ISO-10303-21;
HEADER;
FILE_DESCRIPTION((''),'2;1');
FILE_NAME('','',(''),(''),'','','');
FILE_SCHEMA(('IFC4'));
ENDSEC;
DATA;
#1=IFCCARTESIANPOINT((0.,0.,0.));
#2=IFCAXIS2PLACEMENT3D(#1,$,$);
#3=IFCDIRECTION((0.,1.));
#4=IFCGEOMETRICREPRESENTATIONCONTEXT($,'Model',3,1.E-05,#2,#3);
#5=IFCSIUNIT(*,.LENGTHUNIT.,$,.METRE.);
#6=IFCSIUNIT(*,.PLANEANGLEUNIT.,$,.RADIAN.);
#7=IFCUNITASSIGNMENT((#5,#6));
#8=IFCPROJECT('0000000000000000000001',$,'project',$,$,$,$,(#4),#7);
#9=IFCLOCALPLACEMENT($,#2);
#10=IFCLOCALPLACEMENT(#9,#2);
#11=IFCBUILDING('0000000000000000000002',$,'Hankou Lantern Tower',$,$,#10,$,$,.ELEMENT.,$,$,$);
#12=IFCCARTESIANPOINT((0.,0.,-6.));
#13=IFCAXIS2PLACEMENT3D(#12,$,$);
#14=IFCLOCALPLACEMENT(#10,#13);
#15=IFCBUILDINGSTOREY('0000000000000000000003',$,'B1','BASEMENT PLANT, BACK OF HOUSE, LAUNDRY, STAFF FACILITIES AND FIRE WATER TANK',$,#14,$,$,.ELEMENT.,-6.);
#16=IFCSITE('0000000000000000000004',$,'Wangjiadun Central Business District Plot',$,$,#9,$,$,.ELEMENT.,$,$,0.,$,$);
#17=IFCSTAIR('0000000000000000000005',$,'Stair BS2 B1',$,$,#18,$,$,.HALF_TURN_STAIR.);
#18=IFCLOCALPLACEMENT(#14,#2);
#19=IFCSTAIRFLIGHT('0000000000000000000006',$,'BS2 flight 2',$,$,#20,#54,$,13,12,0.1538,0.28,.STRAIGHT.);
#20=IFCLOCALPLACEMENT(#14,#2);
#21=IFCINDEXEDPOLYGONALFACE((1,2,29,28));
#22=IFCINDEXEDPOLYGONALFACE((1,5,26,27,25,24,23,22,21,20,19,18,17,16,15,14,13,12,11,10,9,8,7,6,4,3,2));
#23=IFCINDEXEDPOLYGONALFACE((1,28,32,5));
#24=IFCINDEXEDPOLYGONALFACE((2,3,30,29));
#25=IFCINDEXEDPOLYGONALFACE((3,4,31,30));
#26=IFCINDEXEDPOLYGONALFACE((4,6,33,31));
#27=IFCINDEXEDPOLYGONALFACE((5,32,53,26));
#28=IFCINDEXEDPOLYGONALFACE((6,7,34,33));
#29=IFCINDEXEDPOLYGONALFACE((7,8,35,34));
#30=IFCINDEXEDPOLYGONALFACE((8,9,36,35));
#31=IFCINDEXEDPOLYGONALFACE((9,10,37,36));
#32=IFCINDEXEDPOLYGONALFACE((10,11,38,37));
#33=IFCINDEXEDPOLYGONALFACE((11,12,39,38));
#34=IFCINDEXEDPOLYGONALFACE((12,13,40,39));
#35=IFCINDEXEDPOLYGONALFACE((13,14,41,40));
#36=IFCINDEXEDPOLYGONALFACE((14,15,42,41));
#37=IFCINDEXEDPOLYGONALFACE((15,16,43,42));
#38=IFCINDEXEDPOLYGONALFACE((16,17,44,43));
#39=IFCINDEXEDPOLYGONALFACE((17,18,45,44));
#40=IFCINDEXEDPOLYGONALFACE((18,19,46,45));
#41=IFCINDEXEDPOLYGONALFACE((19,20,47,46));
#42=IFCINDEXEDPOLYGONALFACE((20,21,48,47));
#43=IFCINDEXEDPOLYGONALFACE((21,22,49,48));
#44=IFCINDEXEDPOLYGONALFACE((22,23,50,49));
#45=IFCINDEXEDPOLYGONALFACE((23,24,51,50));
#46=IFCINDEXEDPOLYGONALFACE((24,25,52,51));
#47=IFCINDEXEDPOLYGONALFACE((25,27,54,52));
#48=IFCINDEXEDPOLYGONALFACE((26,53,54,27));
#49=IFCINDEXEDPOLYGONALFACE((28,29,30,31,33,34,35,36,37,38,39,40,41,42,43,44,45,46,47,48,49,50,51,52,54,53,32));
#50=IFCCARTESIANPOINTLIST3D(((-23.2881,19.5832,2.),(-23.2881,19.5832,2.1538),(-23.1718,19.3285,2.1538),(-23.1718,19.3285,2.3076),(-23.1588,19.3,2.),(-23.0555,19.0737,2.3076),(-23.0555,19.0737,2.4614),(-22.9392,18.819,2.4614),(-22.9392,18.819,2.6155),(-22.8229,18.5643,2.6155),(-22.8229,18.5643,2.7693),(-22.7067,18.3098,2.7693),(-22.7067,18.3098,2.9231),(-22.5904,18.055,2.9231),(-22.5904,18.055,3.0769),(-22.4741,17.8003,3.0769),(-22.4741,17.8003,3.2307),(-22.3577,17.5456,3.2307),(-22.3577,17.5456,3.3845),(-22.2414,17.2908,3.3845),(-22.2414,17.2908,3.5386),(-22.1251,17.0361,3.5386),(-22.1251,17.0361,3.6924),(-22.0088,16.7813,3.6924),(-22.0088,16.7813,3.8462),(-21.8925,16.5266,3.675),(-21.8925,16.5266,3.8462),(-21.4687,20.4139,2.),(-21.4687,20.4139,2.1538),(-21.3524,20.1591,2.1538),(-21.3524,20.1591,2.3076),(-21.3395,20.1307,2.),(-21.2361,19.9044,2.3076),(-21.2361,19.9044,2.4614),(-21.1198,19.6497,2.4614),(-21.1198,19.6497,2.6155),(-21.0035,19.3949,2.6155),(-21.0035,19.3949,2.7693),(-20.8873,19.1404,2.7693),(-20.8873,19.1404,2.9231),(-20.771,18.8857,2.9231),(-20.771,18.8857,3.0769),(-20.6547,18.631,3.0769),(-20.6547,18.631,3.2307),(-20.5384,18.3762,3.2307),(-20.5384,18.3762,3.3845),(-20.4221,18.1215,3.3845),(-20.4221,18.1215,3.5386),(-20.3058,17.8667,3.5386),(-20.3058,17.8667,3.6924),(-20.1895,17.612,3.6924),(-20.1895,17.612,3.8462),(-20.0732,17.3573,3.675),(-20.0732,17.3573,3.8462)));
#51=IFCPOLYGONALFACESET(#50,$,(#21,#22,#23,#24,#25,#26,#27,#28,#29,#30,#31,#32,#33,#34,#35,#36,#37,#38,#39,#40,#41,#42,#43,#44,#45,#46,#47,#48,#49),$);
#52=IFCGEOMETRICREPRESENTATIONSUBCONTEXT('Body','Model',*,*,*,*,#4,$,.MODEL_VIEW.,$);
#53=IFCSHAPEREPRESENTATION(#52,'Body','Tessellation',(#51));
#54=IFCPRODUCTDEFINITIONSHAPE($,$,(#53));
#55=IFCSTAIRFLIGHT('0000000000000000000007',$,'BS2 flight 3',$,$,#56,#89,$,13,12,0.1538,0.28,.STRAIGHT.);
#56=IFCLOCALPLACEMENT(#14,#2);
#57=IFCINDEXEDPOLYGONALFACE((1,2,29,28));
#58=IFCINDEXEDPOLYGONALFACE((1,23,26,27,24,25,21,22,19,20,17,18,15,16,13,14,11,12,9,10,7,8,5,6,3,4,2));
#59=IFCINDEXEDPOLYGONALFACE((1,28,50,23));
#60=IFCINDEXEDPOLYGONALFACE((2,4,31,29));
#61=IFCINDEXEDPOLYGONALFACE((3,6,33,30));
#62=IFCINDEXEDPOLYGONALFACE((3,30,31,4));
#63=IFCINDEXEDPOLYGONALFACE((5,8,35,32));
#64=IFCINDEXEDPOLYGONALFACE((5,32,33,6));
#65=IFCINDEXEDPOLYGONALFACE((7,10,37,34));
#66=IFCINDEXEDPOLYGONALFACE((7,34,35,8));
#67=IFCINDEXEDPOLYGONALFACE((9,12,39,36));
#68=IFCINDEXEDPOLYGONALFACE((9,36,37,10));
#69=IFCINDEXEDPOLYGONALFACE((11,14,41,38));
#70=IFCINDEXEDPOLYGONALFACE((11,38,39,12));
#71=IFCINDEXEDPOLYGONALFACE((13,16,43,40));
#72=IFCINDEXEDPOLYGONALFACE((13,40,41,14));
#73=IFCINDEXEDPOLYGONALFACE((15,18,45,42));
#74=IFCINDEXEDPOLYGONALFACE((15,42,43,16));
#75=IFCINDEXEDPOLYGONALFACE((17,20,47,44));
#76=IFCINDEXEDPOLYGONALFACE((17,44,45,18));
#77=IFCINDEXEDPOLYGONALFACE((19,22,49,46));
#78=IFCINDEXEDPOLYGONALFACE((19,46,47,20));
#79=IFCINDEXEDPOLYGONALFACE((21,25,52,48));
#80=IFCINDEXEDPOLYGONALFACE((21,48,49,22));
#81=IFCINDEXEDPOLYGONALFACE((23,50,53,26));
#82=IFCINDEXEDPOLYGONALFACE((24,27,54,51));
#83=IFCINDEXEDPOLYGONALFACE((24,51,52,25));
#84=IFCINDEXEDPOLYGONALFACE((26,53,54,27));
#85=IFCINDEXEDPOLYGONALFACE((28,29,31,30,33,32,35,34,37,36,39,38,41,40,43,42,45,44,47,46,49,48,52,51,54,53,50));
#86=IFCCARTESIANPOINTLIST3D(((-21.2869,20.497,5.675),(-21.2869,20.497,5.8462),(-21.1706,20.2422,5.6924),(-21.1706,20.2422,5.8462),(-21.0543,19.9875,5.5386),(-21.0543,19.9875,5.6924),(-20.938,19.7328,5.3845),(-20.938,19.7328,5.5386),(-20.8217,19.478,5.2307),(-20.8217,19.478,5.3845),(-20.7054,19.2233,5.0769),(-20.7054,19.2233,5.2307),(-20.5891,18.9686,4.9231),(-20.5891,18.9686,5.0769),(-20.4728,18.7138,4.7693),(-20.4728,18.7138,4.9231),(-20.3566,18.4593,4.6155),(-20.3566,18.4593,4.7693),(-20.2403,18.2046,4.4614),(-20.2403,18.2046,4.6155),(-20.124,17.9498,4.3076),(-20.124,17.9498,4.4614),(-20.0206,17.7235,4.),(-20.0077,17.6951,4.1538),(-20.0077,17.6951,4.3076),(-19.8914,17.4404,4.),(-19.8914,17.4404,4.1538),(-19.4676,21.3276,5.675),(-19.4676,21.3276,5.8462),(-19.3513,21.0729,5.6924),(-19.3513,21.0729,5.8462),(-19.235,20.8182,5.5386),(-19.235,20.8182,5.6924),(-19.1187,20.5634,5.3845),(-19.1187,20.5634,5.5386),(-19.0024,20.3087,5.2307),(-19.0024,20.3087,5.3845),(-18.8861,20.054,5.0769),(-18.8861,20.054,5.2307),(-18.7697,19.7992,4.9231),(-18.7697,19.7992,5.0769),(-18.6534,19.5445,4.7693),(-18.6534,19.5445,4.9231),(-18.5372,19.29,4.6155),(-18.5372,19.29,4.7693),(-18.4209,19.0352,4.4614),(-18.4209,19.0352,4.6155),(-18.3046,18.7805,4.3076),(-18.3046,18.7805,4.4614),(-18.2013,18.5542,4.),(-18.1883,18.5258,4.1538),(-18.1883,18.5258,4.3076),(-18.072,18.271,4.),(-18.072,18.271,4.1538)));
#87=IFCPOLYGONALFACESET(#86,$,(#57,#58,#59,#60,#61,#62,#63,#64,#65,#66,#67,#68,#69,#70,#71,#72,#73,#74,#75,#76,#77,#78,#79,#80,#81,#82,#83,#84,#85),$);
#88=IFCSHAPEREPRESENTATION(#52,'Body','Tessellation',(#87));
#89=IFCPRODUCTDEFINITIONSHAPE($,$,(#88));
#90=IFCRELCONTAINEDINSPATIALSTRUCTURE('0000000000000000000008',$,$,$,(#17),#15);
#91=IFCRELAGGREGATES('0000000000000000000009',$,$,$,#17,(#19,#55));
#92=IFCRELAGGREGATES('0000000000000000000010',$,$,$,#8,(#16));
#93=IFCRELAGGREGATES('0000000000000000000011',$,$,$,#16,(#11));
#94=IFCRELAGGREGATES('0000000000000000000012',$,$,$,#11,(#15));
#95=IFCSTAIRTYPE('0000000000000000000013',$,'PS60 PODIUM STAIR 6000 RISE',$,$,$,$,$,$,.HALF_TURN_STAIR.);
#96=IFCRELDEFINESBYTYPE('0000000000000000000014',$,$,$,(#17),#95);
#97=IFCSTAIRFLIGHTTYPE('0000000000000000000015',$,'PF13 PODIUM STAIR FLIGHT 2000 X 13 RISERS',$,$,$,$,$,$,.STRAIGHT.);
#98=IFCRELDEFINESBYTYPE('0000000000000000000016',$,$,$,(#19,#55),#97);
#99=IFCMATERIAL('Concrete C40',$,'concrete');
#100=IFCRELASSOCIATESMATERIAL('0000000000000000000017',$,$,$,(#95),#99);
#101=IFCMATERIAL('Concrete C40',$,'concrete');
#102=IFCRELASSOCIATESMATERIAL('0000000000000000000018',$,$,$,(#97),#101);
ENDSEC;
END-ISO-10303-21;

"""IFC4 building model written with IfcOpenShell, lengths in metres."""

from ifc_helpers import new_model, si_unit, direction, frame, origin, place, context, subcontext, project, spatial, polyline, outline, extrude, material, type_object, element, aggregate, save


model = new_model("IFC4")

# Units and contexts
model_context = context("Model", 3, precision=1e-05, world=origin(), true_north=direction((0.0, 1.0)))
body_context = subcontext(model_context, "Body", "Model", "MODEL_VIEW")
ifc_project = project(units=[si_unit("LENGTHUNIT", "METRE"), si_unit("PLANEANGLEUNIT", "RADIAN")], contexts=[model_context])

# Site, building, storey
site_placement = place(None, origin())
site = spatial("IfcSite", under=ifc_project, at=site_placement, Name="Wangjiadun Central Business District Plot", CompositionType="ELEMENT", RefElevation=0.0)
building_placement = place(site_placement, origin())
building = spatial("IfcBuilding", under=site, at=building_placement, Name="Hankou Lantern Tower", CompositionType="ELEMENT")
storey_placement = place(building_placement, frame((0.0, 0.0, -6.0)))
storey = spatial("IfcBuildingStorey", under=building, at=storey_placement, Name="B1", Description="BASEMENT PLANT, BACK OF HOUSE, LAUNDRY, STAFF FACILITIES AND FIRE WATER TANK", CompositionType="ELEMENT", Elevation=-6.0)

# Stair, stair flights
ifc_material_1 = material(Name="Concrete C40", Category="concrete")
stair_type = type_object("IfcStairType", Name="PS60 PODIUM STAIR 6000 RISE", PredefinedType="HALF_TURN_STAIR", material=ifc_material_1)
stair_placement = place(storey_placement, origin())
stair = element("IfcStair", 1, at=stair_placement, inside=storey, type_object=stair_type, Name="Stair BS2 B1", PredefinedType="HALF_TURN_STAIR")
ifc_material_2 = material(Name="Concrete C40", Category="concrete")
stair_flight_type = type_object("IfcStairFlightType", Name="PF13 PODIUM STAIR FLIGHT 2000 X 13 RISERS", PredefinedType="STRAIGHT", material=ifc_material_2)
stair_flight_1_placement = place(storey_placement, frame((-22.3784, 19.9985, 2.0), z_axis=(0.0, 0.0, 1.0), x_axis=(0.415332, -0.90967, 0.0)))
stair_flight_1 = element("IfcStairFlight", 2, at=stair_flight_1_placement, type_object=stair_flight_type, Name="BS2 flight 2", NumberOfRisers=13, NumberOfTreads=12, PredefinedType="STRAIGHT", RiserHeight=0.1538, TreadLength=0.28, context=body_context, shape_type="SweptSolid", body=[
    extrude(outline(polyline([(0.0, 0.0), (0.0, 0.1538), (0.28, 0.1538), (0.28, 0.3076), (0.5601, 0.3076), (0.5601, 0.4614), (0.8401, 0.4614), (0.8401, 0.6155), (1.1201, 0.6155), (1.1201, 0.7693), (1.3999, 0.7693), (1.3999, 0.9231), (1.6799, 0.9231), (1.6799, 1.0769), (1.96, 1.0769), (1.96, 1.2307), (2.24, 1.2307), (2.24, 1.3845), (2.52, 1.3845), (2.52, 1.5386), (2.8, 1.5386), (2.8, 1.6924), (3.0801, 1.6924), (3.0801, 1.8462), (3.3601, 1.8462), (3.3601, 2.0), (3.3601, 1.675), (0.3113, 0.0), (0.0, 0.0)])), frame((0.0, 1.0, 0.0), z_axis=(0.0, -1.0, 0.0), x_axis=(1.0, 0.0, 0.0)), (0.0, 0.0, 1.0), 2.0),
])
stair_flight_2_placement = place(storey_placement, frame((-18.9817, 17.8557, 4.0), z_axis=(0.0, 0.0, 1.0), x_axis=(-0.415332, 0.90967, 0.0)))
stair_flight_2 = element("IfcStairFlight", 3, at=stair_flight_2_placement, type_object=stair_flight_type, Name="BS2 flight 3", NumberOfRisers=13, NumberOfTreads=12, PredefinedType="STRAIGHT", RiserHeight=0.1538, TreadLength=0.28, context=body_context, shape_type="SweptSolid", body=[
    extrude(outline(polyline([(0.0, 0.0), (0.0, 0.1538), (0.28, 0.1538), (0.28, 0.3076), (0.5601, 0.3076), (0.5601, 0.4614), (0.8401, 0.4614), (0.8401, 0.6155), (1.1201, 0.6155), (1.1201, 0.7693), (1.3999, 0.7693), (1.3999, 0.9231), (1.6799, 0.9231), (1.6799, 1.0769), (1.96, 1.0769), (1.96, 1.2307), (2.24, 1.2307), (2.24, 1.3845), (2.52, 1.3845), (2.52, 1.5386), (2.8, 1.5386), (2.8, 1.6924), (3.0801, 1.6924), (3.0801, 1.8462), (3.3601, 1.8462), (3.3601, 2.0), (3.3601, 1.675), (0.3113, 0.0), (0.0, 0.0)])), frame((0.0, 1.0, 0.0), z_axis=(0.0, -1.0, 0.0), x_axis=(1.0, 0.0, 0.0)), (0.0, 0.0, 1.0), 2.0),
])
aggregate(stair, [stair_flight_1, stair_flight_2])

save(model, "model.ifc")
